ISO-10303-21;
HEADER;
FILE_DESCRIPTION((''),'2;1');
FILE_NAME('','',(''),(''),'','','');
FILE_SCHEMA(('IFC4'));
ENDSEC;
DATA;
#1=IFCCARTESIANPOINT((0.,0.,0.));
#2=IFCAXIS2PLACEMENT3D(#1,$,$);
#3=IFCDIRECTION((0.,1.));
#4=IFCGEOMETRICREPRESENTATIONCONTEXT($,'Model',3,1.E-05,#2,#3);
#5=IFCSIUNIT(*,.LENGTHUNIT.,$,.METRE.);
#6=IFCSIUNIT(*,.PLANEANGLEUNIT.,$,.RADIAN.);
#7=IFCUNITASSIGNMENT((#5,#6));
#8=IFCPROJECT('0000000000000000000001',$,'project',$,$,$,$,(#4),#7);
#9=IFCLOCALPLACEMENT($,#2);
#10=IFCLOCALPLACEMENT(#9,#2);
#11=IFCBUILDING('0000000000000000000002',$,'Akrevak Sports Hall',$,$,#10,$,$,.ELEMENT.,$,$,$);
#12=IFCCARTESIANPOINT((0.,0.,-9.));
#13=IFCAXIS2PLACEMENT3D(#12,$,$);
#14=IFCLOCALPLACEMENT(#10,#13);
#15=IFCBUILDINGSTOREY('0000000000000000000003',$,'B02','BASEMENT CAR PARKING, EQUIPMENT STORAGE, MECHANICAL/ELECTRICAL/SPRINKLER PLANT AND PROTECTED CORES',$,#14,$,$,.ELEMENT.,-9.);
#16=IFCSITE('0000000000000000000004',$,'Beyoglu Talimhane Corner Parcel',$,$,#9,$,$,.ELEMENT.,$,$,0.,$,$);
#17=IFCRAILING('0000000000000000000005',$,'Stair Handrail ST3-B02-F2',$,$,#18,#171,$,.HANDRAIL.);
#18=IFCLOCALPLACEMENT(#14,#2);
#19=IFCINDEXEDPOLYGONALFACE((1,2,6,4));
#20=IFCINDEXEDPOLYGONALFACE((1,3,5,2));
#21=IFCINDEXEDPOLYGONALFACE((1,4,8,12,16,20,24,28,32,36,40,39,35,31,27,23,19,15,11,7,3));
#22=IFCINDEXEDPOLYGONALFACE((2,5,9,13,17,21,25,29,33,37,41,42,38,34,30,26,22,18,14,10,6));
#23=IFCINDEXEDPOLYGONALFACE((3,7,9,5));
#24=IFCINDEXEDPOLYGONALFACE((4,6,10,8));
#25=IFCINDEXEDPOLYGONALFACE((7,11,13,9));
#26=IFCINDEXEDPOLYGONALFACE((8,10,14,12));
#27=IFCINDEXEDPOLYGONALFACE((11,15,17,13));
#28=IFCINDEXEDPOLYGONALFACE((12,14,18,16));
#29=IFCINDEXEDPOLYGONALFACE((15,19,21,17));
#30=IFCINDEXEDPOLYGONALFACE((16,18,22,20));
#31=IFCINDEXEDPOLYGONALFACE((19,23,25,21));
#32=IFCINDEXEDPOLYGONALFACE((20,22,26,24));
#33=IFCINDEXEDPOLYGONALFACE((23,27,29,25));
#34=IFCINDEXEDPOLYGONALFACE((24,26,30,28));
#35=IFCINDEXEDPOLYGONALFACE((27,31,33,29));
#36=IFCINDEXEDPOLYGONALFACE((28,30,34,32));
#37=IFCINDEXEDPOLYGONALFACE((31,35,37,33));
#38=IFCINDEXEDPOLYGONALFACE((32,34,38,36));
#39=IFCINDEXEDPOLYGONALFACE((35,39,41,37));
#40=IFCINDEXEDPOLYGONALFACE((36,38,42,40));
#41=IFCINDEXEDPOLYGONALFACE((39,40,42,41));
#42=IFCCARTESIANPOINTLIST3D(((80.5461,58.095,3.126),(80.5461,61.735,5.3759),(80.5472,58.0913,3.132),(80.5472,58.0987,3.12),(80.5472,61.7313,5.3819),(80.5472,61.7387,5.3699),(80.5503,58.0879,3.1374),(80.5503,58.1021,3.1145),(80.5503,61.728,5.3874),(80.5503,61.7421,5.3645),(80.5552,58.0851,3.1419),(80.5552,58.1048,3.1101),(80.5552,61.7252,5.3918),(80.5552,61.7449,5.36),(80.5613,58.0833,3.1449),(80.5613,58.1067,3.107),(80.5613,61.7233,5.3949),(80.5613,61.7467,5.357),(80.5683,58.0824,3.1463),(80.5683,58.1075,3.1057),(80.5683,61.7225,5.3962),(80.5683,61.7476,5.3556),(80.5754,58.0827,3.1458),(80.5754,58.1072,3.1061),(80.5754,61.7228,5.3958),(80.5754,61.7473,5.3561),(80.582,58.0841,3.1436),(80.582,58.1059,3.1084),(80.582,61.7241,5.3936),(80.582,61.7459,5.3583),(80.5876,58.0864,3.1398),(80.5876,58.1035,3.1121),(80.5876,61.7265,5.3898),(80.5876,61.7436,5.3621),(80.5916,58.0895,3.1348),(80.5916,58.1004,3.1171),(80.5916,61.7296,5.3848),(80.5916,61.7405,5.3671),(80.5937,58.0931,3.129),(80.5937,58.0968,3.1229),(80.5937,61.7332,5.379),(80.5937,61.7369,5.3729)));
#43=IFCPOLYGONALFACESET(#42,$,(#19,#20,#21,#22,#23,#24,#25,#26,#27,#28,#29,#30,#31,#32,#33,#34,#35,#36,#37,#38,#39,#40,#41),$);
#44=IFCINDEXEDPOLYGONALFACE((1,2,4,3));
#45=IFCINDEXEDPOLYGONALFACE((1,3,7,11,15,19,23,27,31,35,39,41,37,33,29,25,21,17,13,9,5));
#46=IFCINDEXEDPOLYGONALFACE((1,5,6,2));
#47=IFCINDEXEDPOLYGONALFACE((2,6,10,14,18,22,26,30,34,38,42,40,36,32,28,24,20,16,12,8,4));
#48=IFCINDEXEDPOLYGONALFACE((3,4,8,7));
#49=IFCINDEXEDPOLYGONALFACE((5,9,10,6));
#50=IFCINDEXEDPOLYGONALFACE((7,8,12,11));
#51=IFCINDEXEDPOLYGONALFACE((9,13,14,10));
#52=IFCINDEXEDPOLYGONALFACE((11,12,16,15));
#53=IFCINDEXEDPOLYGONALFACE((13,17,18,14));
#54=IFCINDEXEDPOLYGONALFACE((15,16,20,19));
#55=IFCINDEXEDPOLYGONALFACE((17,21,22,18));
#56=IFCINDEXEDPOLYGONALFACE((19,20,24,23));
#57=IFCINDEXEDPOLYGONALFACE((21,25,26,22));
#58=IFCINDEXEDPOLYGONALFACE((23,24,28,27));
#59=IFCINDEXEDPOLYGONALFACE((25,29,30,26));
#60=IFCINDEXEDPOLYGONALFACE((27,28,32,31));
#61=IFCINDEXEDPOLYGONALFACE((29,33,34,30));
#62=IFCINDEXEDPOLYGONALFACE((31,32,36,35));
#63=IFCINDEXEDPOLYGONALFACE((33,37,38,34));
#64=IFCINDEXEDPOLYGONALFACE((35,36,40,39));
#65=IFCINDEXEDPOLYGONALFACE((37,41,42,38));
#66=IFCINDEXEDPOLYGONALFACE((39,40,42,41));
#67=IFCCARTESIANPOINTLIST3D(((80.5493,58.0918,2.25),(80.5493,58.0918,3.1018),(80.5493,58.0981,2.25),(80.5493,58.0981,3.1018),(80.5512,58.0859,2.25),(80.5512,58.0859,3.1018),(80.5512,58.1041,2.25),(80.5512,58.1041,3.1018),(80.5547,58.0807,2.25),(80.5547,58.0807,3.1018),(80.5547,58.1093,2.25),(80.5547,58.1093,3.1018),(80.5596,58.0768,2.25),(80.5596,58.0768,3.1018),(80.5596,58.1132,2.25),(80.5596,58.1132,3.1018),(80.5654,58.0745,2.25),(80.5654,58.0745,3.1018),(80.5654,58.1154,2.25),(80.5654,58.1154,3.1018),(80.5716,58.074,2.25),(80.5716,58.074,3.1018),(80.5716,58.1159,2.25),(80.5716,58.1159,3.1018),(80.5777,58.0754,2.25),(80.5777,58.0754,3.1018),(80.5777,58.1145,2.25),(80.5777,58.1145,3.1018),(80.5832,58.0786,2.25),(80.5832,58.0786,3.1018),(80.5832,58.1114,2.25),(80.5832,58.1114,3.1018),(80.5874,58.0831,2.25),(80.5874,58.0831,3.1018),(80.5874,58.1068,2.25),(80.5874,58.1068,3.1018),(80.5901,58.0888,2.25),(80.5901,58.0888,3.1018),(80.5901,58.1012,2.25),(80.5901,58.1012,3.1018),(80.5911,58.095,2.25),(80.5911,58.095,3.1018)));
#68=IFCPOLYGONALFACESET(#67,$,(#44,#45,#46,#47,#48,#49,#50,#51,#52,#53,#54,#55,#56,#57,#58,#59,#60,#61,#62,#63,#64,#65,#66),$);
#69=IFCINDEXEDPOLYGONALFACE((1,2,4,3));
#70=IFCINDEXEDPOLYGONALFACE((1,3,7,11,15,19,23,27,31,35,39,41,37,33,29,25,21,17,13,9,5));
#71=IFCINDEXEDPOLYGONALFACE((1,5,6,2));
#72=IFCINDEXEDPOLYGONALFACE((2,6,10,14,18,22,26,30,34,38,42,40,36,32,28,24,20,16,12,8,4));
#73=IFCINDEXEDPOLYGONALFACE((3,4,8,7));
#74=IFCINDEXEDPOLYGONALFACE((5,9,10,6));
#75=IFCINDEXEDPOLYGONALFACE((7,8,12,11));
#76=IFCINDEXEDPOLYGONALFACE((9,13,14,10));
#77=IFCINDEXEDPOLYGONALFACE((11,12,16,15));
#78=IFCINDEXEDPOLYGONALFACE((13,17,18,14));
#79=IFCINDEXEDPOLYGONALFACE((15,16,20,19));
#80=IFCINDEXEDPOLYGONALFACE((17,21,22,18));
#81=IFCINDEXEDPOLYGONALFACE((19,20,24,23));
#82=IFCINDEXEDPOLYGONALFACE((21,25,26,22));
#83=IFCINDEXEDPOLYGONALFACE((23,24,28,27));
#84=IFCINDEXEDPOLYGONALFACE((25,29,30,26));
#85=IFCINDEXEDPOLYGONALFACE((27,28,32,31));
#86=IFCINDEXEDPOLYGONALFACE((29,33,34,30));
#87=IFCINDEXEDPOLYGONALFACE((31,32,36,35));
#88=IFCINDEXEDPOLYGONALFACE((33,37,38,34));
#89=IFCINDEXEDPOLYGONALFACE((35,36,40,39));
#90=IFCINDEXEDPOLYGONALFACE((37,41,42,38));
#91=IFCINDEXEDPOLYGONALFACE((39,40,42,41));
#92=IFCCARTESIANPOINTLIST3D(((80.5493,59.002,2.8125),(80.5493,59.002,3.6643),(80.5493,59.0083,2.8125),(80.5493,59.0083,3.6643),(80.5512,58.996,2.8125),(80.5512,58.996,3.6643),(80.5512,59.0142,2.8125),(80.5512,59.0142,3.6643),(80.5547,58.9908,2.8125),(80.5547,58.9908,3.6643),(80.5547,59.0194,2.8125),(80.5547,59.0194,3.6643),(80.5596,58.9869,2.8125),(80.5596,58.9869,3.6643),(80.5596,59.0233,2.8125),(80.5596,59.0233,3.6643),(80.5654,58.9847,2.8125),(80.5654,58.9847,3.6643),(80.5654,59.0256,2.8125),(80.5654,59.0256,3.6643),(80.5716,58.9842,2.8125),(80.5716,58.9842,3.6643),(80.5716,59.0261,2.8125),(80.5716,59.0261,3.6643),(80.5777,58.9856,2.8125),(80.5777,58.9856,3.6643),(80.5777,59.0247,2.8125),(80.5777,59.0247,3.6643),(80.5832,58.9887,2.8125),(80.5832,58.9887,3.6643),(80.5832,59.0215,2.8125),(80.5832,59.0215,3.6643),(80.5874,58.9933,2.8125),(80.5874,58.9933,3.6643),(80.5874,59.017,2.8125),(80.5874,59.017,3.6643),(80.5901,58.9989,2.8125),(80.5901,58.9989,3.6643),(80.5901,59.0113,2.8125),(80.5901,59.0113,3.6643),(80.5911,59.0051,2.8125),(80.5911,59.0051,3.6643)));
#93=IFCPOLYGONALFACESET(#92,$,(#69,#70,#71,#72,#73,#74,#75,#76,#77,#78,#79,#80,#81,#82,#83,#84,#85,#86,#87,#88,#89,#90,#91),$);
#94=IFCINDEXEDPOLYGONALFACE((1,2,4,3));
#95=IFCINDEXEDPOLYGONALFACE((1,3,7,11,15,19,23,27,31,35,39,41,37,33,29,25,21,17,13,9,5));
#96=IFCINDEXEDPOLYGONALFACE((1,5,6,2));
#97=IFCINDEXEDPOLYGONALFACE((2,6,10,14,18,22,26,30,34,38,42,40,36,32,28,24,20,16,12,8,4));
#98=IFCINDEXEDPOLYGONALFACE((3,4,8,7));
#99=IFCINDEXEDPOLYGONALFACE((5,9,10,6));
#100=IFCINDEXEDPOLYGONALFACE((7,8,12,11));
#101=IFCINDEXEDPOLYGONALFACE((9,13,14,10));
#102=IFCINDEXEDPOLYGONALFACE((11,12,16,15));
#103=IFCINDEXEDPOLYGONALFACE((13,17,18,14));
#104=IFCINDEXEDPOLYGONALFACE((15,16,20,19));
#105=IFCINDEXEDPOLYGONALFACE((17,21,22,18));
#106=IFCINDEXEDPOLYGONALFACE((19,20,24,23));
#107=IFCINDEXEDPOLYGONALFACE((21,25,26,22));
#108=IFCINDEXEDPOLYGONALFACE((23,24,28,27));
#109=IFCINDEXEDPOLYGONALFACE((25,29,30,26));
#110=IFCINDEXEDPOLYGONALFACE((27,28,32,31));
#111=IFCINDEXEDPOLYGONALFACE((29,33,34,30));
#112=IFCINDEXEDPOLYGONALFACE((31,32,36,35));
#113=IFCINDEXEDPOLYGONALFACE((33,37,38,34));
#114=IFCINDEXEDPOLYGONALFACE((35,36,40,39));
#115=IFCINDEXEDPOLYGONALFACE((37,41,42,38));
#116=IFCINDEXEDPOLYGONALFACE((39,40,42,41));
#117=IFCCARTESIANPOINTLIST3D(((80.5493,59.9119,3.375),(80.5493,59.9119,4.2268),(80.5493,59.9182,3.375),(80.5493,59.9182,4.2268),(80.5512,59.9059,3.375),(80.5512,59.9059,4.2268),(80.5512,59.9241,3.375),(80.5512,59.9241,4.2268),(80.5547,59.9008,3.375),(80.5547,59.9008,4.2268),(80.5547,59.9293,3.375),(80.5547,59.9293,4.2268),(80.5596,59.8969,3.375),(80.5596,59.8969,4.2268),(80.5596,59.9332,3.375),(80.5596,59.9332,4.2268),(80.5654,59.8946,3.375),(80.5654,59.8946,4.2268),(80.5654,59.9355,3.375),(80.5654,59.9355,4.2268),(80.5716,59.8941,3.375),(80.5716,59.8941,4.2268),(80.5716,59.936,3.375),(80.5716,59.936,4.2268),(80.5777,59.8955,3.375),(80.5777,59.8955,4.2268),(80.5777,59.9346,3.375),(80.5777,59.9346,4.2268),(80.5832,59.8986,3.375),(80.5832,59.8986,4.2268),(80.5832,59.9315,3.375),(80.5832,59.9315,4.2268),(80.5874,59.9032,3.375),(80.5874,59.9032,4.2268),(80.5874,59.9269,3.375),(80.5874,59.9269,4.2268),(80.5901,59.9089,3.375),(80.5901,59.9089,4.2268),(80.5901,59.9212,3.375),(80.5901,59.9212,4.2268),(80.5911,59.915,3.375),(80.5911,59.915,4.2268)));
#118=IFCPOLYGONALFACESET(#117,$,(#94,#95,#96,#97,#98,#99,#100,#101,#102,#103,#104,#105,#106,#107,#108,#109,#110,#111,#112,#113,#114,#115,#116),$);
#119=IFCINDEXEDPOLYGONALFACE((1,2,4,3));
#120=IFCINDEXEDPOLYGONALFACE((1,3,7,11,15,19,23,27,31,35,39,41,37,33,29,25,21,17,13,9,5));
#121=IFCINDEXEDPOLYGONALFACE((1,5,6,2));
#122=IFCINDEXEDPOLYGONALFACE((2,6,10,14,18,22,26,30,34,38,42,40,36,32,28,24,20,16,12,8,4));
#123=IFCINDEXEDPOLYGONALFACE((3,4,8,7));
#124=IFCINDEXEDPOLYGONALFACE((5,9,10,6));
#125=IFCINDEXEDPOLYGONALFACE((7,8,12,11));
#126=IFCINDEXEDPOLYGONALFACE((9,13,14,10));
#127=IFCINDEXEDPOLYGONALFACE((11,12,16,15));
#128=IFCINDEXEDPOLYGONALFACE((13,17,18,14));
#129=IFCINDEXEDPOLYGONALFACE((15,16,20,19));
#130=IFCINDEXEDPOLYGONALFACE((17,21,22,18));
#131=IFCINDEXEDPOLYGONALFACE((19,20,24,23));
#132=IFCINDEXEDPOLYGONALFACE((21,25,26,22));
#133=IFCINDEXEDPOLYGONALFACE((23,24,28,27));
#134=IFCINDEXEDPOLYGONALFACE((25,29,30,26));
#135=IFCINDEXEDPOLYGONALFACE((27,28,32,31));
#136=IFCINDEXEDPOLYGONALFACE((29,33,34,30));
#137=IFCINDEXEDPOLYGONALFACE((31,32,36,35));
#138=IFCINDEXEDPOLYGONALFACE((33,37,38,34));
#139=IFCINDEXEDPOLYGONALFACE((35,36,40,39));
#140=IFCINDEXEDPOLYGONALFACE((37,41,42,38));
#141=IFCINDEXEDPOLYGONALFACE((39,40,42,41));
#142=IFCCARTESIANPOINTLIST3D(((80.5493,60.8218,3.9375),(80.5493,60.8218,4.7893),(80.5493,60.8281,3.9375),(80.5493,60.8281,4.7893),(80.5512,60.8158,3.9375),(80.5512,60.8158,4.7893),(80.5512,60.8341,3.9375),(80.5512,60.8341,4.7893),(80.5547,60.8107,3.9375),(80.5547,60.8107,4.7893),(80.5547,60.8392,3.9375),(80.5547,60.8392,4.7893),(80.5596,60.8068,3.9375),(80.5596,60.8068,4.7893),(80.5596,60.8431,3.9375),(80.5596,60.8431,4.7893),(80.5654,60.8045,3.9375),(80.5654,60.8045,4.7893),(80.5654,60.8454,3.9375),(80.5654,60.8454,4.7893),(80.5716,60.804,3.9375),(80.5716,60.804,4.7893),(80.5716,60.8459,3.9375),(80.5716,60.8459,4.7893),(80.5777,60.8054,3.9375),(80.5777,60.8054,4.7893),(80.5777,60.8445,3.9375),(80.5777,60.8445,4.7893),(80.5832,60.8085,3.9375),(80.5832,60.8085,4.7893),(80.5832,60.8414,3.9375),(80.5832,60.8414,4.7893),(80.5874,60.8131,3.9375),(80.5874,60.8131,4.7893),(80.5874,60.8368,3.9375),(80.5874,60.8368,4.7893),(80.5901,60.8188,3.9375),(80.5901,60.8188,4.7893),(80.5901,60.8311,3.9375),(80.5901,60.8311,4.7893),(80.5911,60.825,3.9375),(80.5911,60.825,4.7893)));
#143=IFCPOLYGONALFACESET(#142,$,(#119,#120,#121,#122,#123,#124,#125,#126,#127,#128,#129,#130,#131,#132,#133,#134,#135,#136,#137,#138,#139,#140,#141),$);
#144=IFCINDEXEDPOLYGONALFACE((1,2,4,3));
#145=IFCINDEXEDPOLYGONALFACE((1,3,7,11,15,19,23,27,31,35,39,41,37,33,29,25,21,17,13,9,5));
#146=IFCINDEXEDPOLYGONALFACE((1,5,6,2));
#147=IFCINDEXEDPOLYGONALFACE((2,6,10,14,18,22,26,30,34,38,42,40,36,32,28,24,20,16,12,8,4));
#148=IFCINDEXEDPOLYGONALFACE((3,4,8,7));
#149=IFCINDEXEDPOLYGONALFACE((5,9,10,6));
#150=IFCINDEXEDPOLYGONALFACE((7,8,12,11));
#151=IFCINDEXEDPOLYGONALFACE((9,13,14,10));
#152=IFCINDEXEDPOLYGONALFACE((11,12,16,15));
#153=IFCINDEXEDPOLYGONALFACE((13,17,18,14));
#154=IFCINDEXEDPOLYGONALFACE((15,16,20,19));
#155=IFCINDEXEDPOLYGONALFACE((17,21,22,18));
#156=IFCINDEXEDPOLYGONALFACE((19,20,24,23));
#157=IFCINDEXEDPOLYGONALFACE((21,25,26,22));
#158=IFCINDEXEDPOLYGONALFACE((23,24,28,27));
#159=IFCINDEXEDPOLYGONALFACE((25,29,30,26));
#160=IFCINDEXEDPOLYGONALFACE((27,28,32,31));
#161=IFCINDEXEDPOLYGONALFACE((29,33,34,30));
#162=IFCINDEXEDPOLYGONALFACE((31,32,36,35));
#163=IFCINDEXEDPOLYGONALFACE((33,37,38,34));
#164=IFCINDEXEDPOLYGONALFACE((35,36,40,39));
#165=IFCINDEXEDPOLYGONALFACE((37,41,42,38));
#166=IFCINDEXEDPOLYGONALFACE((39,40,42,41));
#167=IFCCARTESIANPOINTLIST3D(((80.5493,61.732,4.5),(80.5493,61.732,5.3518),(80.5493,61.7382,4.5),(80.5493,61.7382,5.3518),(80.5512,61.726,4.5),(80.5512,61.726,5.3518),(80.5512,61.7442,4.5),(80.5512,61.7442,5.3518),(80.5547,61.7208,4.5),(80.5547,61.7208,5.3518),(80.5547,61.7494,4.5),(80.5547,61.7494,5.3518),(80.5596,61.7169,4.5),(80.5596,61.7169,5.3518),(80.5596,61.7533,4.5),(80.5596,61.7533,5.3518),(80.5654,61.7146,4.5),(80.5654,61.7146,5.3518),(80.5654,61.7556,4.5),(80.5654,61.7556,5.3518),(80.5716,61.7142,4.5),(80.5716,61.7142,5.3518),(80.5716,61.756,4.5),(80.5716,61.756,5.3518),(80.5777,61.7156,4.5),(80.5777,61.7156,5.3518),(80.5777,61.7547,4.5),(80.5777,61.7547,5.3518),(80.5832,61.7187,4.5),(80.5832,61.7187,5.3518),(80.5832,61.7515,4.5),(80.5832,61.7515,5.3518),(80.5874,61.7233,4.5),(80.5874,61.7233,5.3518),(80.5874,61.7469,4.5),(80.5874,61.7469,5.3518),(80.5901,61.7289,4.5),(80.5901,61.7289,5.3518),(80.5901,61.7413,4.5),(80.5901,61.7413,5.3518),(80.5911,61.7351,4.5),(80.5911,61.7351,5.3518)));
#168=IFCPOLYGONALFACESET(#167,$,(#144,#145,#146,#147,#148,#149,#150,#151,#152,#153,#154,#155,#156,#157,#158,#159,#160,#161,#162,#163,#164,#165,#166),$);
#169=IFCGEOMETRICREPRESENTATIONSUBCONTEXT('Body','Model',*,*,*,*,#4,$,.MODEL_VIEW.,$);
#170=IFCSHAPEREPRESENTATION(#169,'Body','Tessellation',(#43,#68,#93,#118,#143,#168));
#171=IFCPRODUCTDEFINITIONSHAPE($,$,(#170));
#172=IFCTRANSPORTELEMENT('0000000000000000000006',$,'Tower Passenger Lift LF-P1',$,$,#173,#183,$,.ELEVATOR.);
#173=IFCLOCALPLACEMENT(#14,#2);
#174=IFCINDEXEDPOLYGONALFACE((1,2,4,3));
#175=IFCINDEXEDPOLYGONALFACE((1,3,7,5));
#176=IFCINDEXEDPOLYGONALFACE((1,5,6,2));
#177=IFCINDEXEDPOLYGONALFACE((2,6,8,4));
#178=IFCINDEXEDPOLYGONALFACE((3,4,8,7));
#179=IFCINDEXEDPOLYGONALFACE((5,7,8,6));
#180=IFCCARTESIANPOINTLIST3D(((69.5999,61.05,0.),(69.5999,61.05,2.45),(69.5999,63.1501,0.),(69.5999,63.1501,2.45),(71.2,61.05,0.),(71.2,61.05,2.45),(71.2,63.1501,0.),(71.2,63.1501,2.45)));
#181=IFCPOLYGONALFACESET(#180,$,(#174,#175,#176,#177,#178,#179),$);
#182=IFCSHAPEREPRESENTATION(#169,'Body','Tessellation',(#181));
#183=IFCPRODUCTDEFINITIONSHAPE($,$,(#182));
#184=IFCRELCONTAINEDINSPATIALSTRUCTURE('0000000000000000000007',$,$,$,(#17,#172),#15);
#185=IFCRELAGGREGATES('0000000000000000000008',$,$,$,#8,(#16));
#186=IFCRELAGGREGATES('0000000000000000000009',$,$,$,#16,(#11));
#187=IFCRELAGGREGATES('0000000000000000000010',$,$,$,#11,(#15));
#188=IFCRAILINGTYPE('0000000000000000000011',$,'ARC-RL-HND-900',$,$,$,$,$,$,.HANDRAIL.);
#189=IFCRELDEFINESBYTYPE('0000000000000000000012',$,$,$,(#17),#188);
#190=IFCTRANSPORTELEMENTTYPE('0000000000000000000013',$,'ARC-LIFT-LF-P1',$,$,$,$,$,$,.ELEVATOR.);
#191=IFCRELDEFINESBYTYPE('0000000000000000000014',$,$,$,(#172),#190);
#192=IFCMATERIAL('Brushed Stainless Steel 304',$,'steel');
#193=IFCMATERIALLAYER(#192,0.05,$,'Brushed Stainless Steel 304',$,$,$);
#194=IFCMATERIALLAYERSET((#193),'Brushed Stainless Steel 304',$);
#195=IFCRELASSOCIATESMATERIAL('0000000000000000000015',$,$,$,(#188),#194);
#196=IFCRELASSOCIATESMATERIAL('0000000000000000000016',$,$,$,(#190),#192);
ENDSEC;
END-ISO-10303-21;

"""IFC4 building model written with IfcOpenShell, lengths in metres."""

from ifc_helpers import new_model, si_unit, direction, frame, origin, origin_2d, place, context, subcontext, project, spatial, rectangle, circle, extrude, material, layer, layer_set, type_object, element, save


model = new_model("IFC4")

# Units and contexts
model_context = context("Model", 3, precision=1e-05, world=origin(), true_north=direction((0.0, 1.0)))
body_context = subcontext(model_context, "Body", "Model", "MODEL_VIEW")
ifc_project = project(units=[si_unit("LENGTHUNIT", "METRE"), si_unit("PLANEANGLEUNIT", "RADIAN")], contexts=[model_context])

# Site, building, storey
site_placement = place(None, origin())
site = spatial("IfcSite", under=ifc_project, at=site_placement, Name="Beyoglu Talimhane Corner Parcel", CompositionType="ELEMENT", RefElevation=0.0)
building_placement = place(site_placement, origin())
building = spatial("IfcBuilding", under=site, at=building_placement, Name="Akrevak Sports Hall", CompositionType="ELEMENT")
storey_placement = place(building_placement, frame((0.0, 0.0, -9.0)))
storey = spatial("IfcBuildingStorey", under=building, at=storey_placement, Name="B02", Description="BASEMENT CAR PARKING, EQUIPMENT STORAGE, MECHANICAL/ELECTRICAL/SPRINKLER PLANT AND PROTECTED CORES", CompositionType="ELEMENT", Elevation=-9.0)

# Railing
ifc_material_1 = material(Name="Brushed Stainless Steel 304", Category="steel")
ifc_layer_1 = layer(ifc_material_1, 0.05, Name="Brushed Stainless Steel 304")
ifc_layer_set_1 = layer_set([ifc_layer_1], Name="Brushed Stainless Steel 304")
railing_type_1 = type_object("IfcRailingType", Name="ARC-RL-HND-900", PredefinedType="HANDRAIL", material=ifc_layer_set_1)
railing_1_placement = place(storey_placement, frame((80.5701, 58.095, 2.25)))
element("IfcRailing", 1, at=railing_1_placement, inside=storey, type_object=railing_type_1, Name="Stair Handrail ST3-B02-F2", PredefinedType="HANDRAIL", context=body_context, shape_type="SweptSolid", body=[
    extrude(circle(Radius=0.0239, at=origin_2d()), frame((0.0, 0.0, 0.876), z_axis=(0.0, 0.850622, 0.525777), x_axis=(-1.0, 0.0, 0.0)), (0.0, 0.0, 1.0), 4.2793),
    extrude(circle(Radius=0.021, at=origin_2d()), origin(), (0.0, 0.0, 1.0), 0.8518),
    extrude(circle(Radius=0.021, at=origin_2d()), frame((0.0, 0.9102, 0.5625)), (0.0, 0.0, 1.0), 0.8518),
    extrude(circle(Radius=0.021, at=origin_2d()), frame((0.0, 1.8201, 1.125)), (0.0, 0.0, 1.0), 0.8518),
    extrude(circle(Radius=0.021, at=origin_2d()), frame((0.0, 2.73, 1.6875)), (0.0, 0.0, 1.0), 0.8518),
    extrude(circle(Radius=0.021, at=origin_2d()), frame((0.0, 3.6401, 2.25)), (0.0, 0.0, 1.0), 0.8518),
])

# Transport element
transport_element_type = type_object("IfcTransportElementType", Name="ARC-LIFT-LF-P1", PredefinedType="ELEVATOR", material=ifc_material_1)
transport_element_placement = place(storey_placement, frame((70.3999, 62.1001, 0.0), z_axis=(0.0, 0.0, 1.0), x_axis=(1.0, 0.0, 0.0)))
element("IfcTransportElement", 2, at=transport_element_placement, inside=storey, type_object=transport_element_type, Name="Tower Passenger Lift LF-P1", PredefinedType="ELEVATOR", context=body_context, shape_type="SweptSolid", body=[
    extrude(rectangle(XDim=1.6001, YDim=2.1001, at=origin_2d()), origin(), (0.0, 0.0, 1.0), 2.45),
])

save(model, "model.ifc")
